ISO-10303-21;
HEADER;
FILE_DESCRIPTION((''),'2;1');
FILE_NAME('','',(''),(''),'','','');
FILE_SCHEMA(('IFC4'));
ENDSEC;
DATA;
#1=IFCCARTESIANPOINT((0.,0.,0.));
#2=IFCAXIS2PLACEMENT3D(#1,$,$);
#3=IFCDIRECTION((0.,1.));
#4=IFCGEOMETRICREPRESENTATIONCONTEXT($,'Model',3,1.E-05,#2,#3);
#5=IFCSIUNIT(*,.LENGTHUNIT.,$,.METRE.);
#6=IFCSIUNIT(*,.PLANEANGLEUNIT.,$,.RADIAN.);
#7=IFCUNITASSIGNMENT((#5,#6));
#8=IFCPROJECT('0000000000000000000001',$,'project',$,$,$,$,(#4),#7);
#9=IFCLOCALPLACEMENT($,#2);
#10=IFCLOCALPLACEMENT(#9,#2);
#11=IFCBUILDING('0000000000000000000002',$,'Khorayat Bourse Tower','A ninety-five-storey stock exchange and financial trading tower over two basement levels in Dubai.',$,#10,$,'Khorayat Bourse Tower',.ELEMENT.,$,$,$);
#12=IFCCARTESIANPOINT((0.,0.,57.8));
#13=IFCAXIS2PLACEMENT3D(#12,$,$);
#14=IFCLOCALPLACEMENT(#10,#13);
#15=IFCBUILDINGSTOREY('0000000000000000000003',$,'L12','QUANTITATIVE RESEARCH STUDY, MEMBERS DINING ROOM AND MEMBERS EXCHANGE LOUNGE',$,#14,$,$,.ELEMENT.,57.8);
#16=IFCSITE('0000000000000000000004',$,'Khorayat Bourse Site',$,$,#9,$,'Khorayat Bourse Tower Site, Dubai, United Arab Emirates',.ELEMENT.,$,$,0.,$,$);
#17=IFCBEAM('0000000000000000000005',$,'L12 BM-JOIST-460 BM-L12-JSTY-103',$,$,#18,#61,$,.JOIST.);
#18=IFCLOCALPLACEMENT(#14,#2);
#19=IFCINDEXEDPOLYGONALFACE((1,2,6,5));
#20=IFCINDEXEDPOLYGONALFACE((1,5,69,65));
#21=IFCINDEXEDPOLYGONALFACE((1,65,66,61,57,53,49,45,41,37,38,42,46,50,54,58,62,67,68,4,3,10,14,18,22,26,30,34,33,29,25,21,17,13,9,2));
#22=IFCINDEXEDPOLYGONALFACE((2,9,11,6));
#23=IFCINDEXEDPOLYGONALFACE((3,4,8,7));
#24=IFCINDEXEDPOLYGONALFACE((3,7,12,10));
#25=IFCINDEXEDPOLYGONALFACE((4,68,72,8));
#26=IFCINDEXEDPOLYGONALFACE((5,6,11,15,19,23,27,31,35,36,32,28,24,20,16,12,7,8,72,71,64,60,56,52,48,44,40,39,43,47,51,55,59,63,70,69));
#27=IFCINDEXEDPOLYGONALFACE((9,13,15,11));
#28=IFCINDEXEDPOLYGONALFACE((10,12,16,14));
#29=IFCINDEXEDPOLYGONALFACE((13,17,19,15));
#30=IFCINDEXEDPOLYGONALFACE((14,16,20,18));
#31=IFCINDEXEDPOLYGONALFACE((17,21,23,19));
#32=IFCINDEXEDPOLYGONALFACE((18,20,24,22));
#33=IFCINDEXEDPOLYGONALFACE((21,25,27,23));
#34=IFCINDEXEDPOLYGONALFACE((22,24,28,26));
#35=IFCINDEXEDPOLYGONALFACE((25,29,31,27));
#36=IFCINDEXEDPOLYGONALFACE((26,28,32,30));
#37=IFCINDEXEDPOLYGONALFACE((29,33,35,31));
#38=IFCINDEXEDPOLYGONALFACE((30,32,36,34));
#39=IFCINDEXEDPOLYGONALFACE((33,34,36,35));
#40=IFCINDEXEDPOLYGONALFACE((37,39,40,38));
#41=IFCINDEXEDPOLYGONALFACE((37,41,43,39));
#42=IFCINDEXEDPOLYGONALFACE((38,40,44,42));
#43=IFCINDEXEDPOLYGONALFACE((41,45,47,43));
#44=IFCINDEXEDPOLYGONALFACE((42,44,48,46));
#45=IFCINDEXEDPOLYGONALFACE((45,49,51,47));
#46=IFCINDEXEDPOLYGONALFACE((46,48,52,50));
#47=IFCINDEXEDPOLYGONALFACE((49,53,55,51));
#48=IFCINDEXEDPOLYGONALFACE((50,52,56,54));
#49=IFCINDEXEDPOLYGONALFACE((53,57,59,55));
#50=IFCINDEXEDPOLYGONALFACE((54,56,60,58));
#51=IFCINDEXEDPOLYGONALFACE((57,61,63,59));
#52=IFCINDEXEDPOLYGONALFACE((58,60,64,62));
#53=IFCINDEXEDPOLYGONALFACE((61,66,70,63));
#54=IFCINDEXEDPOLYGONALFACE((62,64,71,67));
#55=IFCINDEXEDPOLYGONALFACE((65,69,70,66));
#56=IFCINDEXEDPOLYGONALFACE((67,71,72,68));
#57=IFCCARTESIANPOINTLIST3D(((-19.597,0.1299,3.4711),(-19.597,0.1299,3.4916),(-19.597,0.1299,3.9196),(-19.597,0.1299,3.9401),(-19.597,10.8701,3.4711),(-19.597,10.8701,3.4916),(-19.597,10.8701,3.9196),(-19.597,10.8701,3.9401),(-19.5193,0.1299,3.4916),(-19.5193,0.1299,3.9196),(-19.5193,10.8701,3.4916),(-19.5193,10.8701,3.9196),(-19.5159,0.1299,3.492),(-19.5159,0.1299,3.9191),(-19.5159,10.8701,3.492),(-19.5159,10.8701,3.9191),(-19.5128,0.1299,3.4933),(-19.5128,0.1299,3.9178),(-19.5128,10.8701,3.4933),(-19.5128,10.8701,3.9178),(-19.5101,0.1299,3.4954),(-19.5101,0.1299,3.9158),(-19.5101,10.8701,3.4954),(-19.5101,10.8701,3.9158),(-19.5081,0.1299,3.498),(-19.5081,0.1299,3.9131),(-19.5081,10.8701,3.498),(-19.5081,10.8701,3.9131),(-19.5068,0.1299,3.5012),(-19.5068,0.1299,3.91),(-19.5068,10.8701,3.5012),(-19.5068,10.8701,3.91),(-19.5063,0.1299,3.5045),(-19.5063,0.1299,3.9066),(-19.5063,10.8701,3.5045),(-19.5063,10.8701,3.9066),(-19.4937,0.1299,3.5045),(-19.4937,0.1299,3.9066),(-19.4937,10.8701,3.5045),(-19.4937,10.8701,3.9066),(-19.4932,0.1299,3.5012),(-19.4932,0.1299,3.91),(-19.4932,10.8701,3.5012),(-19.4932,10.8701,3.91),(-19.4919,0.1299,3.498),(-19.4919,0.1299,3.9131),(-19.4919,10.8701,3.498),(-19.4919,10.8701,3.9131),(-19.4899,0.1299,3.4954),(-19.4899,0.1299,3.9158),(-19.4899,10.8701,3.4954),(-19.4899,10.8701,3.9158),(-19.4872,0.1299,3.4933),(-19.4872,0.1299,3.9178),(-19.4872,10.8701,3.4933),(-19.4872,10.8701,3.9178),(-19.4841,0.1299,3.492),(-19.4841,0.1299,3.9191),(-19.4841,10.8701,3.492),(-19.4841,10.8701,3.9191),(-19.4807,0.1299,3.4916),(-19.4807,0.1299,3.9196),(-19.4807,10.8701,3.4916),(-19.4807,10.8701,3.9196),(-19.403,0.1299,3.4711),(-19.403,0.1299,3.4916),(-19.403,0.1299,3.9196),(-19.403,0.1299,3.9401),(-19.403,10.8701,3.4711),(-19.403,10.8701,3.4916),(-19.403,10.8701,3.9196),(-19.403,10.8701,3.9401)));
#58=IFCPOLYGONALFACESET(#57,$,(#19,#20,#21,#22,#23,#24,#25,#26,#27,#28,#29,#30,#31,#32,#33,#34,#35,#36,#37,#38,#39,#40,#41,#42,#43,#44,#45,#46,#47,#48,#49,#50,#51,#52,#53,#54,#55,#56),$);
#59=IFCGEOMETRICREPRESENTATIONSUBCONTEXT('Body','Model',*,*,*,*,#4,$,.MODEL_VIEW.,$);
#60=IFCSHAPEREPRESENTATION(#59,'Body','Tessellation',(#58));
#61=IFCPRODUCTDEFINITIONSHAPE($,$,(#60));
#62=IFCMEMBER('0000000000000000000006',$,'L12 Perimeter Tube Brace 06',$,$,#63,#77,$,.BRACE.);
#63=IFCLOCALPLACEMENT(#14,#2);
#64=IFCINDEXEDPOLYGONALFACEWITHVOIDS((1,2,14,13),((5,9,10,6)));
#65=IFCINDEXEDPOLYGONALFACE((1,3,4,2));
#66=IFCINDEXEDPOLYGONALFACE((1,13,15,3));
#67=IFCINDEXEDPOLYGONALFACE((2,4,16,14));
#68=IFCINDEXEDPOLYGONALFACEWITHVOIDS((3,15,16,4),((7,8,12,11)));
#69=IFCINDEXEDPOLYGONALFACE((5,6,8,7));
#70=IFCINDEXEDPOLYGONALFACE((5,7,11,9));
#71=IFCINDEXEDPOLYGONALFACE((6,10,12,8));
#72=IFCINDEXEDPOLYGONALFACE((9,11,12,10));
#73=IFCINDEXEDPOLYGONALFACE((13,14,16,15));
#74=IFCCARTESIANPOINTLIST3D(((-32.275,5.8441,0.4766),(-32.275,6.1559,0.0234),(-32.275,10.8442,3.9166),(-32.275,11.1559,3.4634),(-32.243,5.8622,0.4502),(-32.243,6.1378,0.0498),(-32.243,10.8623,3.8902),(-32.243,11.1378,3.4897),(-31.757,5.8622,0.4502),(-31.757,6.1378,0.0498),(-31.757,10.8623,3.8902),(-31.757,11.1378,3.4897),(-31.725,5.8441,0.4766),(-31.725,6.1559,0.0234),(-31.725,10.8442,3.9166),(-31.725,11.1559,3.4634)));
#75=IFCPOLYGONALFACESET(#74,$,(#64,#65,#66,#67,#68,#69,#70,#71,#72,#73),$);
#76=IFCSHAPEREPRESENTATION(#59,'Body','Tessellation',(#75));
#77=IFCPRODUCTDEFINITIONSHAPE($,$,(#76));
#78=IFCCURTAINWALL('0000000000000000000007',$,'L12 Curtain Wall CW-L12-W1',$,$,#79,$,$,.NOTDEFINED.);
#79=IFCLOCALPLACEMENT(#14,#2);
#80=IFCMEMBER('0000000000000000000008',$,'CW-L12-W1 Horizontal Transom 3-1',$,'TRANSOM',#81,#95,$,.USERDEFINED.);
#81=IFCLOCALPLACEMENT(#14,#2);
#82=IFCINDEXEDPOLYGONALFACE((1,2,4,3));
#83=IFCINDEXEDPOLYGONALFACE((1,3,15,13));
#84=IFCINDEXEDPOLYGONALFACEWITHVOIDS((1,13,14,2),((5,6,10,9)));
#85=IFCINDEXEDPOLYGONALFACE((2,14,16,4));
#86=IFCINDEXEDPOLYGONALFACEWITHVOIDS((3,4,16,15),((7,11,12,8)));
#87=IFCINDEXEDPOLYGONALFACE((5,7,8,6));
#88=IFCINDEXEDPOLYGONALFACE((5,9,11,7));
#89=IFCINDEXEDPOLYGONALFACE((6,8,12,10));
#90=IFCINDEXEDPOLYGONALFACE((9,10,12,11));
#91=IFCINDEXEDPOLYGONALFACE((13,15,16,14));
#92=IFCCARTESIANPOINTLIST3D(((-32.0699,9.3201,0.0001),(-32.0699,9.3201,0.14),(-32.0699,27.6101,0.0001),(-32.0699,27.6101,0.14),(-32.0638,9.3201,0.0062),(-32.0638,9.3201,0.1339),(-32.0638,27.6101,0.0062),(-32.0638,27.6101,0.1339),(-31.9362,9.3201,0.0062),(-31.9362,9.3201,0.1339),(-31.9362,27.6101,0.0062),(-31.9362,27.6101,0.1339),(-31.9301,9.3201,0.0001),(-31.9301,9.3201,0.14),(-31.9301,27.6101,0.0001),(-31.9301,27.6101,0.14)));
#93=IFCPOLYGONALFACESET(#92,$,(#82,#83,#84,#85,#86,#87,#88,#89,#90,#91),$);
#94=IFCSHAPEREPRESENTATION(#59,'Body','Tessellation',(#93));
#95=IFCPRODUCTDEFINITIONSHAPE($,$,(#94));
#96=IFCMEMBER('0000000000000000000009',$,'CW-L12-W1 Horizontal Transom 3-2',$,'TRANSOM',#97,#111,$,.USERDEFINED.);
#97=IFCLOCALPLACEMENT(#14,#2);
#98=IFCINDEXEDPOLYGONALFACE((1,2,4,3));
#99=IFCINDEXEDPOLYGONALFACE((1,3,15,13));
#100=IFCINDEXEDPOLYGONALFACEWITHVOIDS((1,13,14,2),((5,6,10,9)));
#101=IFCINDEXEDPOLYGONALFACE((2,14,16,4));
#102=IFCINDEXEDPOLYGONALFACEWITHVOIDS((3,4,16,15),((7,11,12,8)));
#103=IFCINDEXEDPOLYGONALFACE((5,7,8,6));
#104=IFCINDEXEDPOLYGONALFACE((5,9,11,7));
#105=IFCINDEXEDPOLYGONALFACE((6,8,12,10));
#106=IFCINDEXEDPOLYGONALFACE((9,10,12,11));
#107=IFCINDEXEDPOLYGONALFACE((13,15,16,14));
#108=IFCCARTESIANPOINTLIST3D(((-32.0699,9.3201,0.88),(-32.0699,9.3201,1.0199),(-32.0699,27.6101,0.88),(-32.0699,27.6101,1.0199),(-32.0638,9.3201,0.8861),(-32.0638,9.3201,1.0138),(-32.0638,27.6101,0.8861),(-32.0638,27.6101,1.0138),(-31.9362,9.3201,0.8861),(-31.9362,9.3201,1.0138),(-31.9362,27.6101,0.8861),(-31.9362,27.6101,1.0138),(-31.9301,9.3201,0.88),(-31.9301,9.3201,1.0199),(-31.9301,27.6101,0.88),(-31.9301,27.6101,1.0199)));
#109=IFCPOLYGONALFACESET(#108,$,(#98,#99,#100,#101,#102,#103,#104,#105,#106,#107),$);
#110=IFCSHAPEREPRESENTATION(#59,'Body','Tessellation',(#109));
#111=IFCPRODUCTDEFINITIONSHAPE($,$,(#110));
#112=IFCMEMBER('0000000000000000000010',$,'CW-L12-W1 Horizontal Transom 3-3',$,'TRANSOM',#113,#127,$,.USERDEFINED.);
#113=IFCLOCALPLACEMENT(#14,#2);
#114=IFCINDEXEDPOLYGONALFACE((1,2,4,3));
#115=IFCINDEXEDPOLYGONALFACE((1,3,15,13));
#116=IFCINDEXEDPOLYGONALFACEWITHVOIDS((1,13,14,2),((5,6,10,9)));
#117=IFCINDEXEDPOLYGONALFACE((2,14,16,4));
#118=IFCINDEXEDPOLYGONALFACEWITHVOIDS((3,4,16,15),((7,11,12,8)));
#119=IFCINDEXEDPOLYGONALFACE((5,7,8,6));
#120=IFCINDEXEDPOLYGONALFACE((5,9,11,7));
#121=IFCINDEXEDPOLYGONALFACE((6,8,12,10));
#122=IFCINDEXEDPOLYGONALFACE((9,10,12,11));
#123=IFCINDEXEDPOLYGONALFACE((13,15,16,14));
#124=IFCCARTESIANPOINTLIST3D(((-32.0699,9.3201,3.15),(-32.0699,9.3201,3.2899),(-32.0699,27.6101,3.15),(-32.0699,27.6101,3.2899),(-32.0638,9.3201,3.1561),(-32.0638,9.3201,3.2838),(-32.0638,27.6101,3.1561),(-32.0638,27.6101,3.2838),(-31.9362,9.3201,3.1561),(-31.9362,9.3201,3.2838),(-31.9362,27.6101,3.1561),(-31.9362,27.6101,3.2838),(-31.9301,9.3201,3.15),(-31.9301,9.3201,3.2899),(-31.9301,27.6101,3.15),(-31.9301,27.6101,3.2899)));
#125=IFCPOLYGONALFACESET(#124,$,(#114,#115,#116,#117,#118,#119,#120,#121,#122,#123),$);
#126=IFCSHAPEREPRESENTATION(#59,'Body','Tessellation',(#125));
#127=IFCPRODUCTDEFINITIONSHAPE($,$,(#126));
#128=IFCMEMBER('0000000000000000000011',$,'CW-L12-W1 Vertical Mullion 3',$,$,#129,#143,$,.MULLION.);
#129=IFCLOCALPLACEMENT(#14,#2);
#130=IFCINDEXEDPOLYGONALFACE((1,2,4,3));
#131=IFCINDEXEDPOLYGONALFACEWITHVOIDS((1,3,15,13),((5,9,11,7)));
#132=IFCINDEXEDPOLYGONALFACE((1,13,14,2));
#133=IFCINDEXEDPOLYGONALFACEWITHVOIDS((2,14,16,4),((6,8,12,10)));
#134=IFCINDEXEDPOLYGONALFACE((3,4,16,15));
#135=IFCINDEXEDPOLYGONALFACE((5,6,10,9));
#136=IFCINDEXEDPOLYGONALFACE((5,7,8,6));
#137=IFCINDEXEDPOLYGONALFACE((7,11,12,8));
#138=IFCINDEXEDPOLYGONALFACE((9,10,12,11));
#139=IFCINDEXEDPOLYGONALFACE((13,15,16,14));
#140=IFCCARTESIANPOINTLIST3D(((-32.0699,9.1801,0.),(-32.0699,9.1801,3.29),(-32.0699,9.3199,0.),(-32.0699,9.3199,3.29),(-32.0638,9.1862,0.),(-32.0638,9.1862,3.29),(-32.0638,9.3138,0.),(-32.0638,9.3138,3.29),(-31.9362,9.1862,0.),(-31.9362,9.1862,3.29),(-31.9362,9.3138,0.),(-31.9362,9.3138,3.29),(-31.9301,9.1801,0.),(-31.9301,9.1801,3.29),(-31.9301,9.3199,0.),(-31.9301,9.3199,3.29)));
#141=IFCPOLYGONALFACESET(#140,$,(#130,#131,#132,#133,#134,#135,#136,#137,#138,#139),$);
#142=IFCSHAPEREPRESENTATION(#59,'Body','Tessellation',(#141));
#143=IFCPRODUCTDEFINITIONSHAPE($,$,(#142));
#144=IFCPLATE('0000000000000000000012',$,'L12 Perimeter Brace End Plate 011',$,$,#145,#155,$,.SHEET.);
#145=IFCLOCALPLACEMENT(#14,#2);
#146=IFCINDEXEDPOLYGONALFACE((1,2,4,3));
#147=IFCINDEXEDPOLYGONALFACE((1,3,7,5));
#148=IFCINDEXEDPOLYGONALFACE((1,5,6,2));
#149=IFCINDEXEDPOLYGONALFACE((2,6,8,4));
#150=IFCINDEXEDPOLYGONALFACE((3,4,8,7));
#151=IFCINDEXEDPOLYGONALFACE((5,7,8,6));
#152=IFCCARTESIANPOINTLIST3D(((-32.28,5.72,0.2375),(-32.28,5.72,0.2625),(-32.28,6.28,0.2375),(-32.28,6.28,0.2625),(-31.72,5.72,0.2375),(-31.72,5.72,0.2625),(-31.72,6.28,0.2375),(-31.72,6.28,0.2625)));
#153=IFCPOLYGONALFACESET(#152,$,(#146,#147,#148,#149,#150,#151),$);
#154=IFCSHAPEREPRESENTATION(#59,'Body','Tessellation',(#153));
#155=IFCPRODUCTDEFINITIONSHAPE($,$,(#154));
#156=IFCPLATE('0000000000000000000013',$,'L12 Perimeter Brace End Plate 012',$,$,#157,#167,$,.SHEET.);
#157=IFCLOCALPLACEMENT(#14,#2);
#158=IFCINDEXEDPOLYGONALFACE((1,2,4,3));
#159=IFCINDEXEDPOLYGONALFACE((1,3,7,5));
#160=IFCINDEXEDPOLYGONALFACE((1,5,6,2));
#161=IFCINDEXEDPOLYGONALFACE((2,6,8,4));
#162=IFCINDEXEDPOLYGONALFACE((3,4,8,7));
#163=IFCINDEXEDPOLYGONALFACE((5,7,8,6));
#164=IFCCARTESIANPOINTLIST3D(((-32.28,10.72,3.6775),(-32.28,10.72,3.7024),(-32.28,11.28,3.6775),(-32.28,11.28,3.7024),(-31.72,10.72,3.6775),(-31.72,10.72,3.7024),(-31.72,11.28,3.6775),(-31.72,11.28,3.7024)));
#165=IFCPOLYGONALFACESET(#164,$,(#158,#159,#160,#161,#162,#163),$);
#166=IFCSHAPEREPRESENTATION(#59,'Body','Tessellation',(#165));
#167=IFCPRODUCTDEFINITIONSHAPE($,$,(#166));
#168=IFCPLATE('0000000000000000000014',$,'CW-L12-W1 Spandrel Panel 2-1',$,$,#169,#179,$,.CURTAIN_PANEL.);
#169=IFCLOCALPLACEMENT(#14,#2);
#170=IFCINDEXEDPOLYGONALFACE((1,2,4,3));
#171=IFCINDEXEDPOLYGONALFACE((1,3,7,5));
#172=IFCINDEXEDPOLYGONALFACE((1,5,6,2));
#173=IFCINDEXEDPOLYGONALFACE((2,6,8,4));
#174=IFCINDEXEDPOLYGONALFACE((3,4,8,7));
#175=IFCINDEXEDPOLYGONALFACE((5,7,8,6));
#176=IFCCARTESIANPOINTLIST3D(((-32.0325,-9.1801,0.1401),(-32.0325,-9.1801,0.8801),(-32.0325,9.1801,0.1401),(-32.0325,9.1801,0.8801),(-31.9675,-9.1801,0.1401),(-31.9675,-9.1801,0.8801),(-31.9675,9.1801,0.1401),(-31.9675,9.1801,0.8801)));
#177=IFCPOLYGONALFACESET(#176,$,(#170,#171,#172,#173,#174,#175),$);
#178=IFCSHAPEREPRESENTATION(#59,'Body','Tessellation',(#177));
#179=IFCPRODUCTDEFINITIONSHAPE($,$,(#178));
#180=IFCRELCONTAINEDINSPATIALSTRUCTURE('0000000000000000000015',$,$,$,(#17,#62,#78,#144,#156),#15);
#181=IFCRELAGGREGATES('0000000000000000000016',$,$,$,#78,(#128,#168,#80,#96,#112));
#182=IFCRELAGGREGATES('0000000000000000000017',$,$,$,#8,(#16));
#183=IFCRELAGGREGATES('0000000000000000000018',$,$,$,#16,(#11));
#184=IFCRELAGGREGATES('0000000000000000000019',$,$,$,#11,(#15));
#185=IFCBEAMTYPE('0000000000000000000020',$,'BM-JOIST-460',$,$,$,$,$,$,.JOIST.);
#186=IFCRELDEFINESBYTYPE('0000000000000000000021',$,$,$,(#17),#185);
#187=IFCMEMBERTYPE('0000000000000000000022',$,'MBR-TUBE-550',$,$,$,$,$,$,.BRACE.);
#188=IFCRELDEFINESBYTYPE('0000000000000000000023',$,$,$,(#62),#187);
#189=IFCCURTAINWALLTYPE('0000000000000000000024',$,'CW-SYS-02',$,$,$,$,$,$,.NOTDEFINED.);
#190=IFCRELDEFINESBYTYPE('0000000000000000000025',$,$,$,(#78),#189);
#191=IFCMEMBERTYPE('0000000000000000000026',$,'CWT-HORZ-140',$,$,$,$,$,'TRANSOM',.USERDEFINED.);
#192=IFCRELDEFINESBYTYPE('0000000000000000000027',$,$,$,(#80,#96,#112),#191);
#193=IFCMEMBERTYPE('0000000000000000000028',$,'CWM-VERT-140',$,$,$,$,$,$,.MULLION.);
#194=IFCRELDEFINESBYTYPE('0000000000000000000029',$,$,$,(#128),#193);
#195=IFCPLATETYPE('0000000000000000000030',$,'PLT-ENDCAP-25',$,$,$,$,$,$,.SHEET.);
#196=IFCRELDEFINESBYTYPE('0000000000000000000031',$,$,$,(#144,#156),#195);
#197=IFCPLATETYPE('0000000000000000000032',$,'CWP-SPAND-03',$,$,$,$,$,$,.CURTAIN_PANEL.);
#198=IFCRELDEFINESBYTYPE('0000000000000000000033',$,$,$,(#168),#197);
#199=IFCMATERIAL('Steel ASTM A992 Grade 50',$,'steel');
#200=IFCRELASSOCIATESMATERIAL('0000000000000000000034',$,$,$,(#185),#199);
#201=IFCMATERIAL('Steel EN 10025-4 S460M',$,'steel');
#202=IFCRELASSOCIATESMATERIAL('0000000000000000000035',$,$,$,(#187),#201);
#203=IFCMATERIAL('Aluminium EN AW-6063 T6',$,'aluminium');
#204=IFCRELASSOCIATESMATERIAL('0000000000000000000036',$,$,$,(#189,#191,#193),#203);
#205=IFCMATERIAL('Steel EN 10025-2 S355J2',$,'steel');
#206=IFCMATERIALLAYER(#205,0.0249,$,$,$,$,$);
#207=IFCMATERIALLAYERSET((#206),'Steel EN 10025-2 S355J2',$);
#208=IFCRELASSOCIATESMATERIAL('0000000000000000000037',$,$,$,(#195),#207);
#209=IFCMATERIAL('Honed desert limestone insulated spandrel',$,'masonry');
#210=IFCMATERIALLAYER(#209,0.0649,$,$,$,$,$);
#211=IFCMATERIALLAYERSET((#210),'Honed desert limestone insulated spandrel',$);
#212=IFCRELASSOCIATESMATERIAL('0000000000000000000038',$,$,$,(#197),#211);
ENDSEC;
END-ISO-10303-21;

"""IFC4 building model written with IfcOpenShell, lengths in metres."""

from ifc_helpers import new_model, si_unit, direction, frame, origin, origin_2d, place, context, subcontext, project, spatial, rectangle, hollow_rectangle, i_section, extrude, source, transform, mapped, material, layer, layer_set, material_profile, profile_set, type_object, element, aggregate, save


model = new_model("IFC4")

# Units and contexts
model_context = context("Model", 3, precision=1e-05, world=origin(), true_north=direction((0.0, 1.0)))
body_context = subcontext(model_context, "Body", "Model", "MODEL_VIEW")
ifc_project = project(units=[si_unit("LENGTHUNIT", "METRE"), si_unit("PLANEANGLEUNIT", "RADIAN")], contexts=[model_context])

# Site, building, storey
site_placement = place(None, origin())
site = spatial("IfcSite", under=ifc_project, at=site_placement, Name="Khorayat Bourse Site", LongName="Khorayat Bourse Tower Site, Dubai, United Arab Emirates", CompositionType="ELEMENT", RefElevation=0.0)
building_placement = place(site_placement, origin())
building = spatial("IfcBuilding", under=site, at=building_placement, Name="Khorayat Bourse Tower", Description="A ninety-five-storey stock exchange and financial trading tower over two basement levels in Dubai.", LongName="Khorayat Bourse Tower", CompositionType="ELEMENT")
storey_placement = place(building_placement, frame((0.0, 0.0, 57.8)))
storey = spatial("IfcBuildingStorey", under=building, at=storey_placement, Name="L12", Description="QUANTITATIVE RESEARCH STUDY, MEMBERS DINING ROOM AND MEMBERS EXCHANGE LOUNGE", CompositionType="ELEMENT", Elevation=57.8)

# Shared definitions
ifc_material_1 = material(Name="Steel EN 10025-4 S460M", Category="steel")

# Beam
ifc_material_2 = material(Name="Steel ASTM A992 Grade 50", Category="steel")
ifc_material_profile_1 = material_profile(ifc_material_2, i_section(OverallWidth=0.1941, OverallDepth=0.469, WebThickness=0.0127, FlangeThickness=0.0205, FilletRadius=0.0129, at=origin_2d()), Name="W460X106")
ifc_profile_set_1 = profile_set([ifc_material_profile_1], Name="Steel ASTM A992 Grade 50")
beam_type_1 = type_object("IfcBeamType", Name="BM-JOIST-460", PredefinedType="JOIST", material=ifc_profile_set_1)
shared_shape_1 = source(origin(), body_context, "Body", "SweptSolid", [
    extrude(i_section(OverallWidth=0.1941, OverallDepth=0.469, WebThickness=0.0127, FlangeThickness=0.0205, FilletRadius=0.0129, at=origin_2d()), origin(), (0.0, 0.0, 1.0), 10.7402),
])
beam_1_placement = place(storey_placement, frame((-19.5, 0.1299, 3.7056), z_axis=(0.0, 1.0, 0.0), x_axis=(-1.0, 0.0, 0.0)))
element("IfcBeam", 1, at=beam_1_placement, inside=storey, type_object=beam_type_1, Name="L12 BM-JOIST-460 BM-L12-JSTY-103", PredefinedType="JOIST", context=body_context, shape_type="MappedRepresentation", body=[
    mapped(shared_shape_1, transform((0.0, 0.0, 0.0), scale=1.0)),
])

# Member
ifc_material_profile_2 = material_profile(ifc_material_1, hollow_rectangle(XDim=0.55, YDim=0.55, WallThickness=0.032, at=origin_2d()), Name="HSS 550x550x32")
ifc_profile_set_2 = profile_set([ifc_material_profile_2], Name="Steel EN 10025-4 S460M")
member_type_1 = type_object("IfcMemberType", Name="MBR-TUBE-550", PredefinedType="BRACE", material=ifc_profile_set_2)
shared_shape_2 = source(origin(), body_context, "Body", "SweptSolid", [
    extrude(hollow_rectangle(XDim=0.55, YDim=0.55, WallThickness=0.032, at=origin_2d()), origin(), (0.0, 0.0, 1.0), 6.0691),
])
member_1_placement = place(storey_placement, frame((-32.0, 6.0, 0.25), z_axis=(0.0, 0.823854, 0.566802), x_axis=(-1.0, 0.0, 0.0)))
element("IfcMember", 2, at=member_1_placement, inside=storey, type_object=member_type_1, Name="L12 Perimeter Tube Brace 06", PredefinedType="BRACE", context=body_context, shape_type="MappedRepresentation", body=[
    mapped(shared_shape_2, transform((0.0, 0.0, 0.0), scale=1.0)),
])

# Curtain wall, members
ifc_material_3 = material(Name="Aluminium EN AW-6063 T6", Category="aluminium")
curtain_wall_type = type_object("IfcCurtainWallType", Name="CW-SYS-02", PredefinedType="NOTDEFINED", material=ifc_material_3)
curtain_wall_placement = place(storey_placement, origin())
curtain_wall = element("IfcCurtainWall", 3, at=curtain_wall_placement, inside=storey, type_object=curtain_wall_type, Name="L12 Curtain Wall CW-L12-W1", PredefinedType="NOTDEFINED")
ifc_material_profile_3 = material_profile(ifc_material_3, hollow_rectangle(XDim=0.1399, YDim=0.1399, WallThickness=0.0061, at=origin_2d()), Name="ALU 140x140x6")
ifc_profile_set_3 = profile_set([ifc_material_profile_3], Name="Aluminium EN AW-6063 T6")
member_type_2 = type_object("IfcMemberType", Name="CWT-HORZ-140", ElementType="TRANSOM", PredefinedType="USERDEFINED", material=ifc_profile_set_3)
shared_shape_3 = source(origin(), body_context, "Body", "SweptSolid", [
    extrude(hollow_rectangle(XDim=0.1399, YDim=0.1399, WallThickness=0.0061, at=origin_2d()), origin(), (0.0, 0.0, 1.0), 18.29),
])
member_2_placement = place(storey_placement, frame((-32.0, 9.3201, 0.0701), z_axis=(0.0, 1.0, 0.0), x_axis=(-1.0, 0.0, 0.0)))
member_2 = element("IfcMember", 4, at=member_2_placement, type_object=member_type_2, Name="CW-L12-W1 Horizontal Transom 3-1", ObjectType="TRANSOM", PredefinedType="USERDEFINED", context=body_context, shape_type="MappedRepresentation", body=[
    mapped(shared_shape_3, transform((0.0, 0.0, 0.0), scale=1.0)),
])
member_3_placement = place(storey_placement, frame((-32.0, 9.3201, 0.95), z_axis=(0.0, 1.0, 0.0), x_axis=(-1.0, 0.0, 0.0)))
member_3 = element("IfcMember", 5, at=member_3_placement, type_object=member_type_2, Name="CW-L12-W1 Horizontal Transom 3-2", ObjectType="TRANSOM", PredefinedType="USERDEFINED", context=body_context, shape_type="MappedRepresentation", body=[
    mapped(shared_shape_3, transform((0.0, 0.0, 0.0), scale=1.0)),
])
member_4_placement = place(storey_placement, frame((-32.0, 9.3201, 3.22), z_axis=(0.0, 1.0, 0.0), x_axis=(-1.0, 0.0, 0.0)))
member_4 = element("IfcMember", 6, at=member_4_placement, type_object=member_type_2, Name="CW-L12-W1 Horizontal Transom 3-3", ObjectType="TRANSOM", PredefinedType="USERDEFINED", context=body_context, shape_type="MappedRepresentation", body=[
    mapped(shared_shape_3, transform((0.0, 0.0, 0.0), scale=1.0)),
])
ifc_material_profile_4 = material_profile(ifc_material_3, hollow_rectangle(XDim=0.1399, YDim=0.1399, WallThickness=0.0061, at=origin_2d()), Name="ALU 140x140x6")
ifc_profile_set_4 = profile_set([ifc_material_profile_4], Name="Aluminium EN AW-6063 T6")
member_type_3 = type_object("IfcMemberType", Name="CWM-VERT-140", PredefinedType="MULLION", material=ifc_profile_set_4)
shared_shape_4 = source(origin(), body_context, "Body", "SweptSolid", [
    extrude(hollow_rectangle(XDim=0.1399, YDim=0.1399, WallThickness=0.0061, at=origin_2d()), origin(), (0.0, 0.0, 1.0), 3.29),
])
member_5_placement = place(storey_placement, frame((-32.0, 9.25, 0.0), z_axis=(0.0, 0.0, 1.0), x_axis=(-1.0, 0.0, 0.0)))
member_5 = element("IfcMember", 7, at=member_5_placement, type_object=member_type_3, Name="CW-L12-W1 Vertical Mullion 3", PredefinedType="MULLION", context=body_context, shape_type="MappedRepresentation", body=[
    mapped(shared_shape_4, transform((0.0, 0.0, 0.0), scale=1.0)),
])

# Plates
ifc_material_4 = material(Name="Steel EN 10025-2 S355J2", Category="steel")
ifc_layer_1 = layer(ifc_material_4, 0.0249)
ifc_layer_set_1 = layer_set([ifc_layer_1], Name="Steel EN 10025-2 S355J2")
plate_type_1 = type_object("IfcPlateType", Name="PLT-ENDCAP-25", PredefinedType="SHEET", material=ifc_layer_set_1)
shared_shape_5 = source(origin(), body_context, "Body", "SweptSolid", [
    extrude(rectangle(XDim=0.5601, YDim=0.5601, at=origin_2d()), origin(), (0.0, 0.0, 1.0), 0.0249),
])
for number, where, z_axis, x_axis, name in (
    (8, (-32.0, 6.0, 0.2375), (0.0, 0.0, 1.0), (1.0, 0.0, 0.0), "L12 Perimeter Brace End Plate 011"),
    (9, (-32.0, 11.0, 3.6775), (0.0, 0.0, 1.0), (1.0, 0.0, 0.0), "L12 Perimeter Brace End Plate 012"),
):
    element("IfcPlate", number, at=place(storey_placement, frame(where, z_axis=z_axis, x_axis=x_axis)), inside=storey, type_object=plate_type_1, Name=name, PredefinedType="SHEET", context=body_context, shape_type="MappedRepresentation", body=[
        mapped(shared_shape_5, transform((0.0, 0.0, 0.0), scale=1.0)),
    ])

# Plate
ifc_material_5 = material(Name="Honed desert limestone insulated spandrel", Category="masonry")
ifc_layer_2 = layer(ifc_material_5, 0.0649)
ifc_layer_set_2 = layer_set([ifc_layer_2], Name="Honed desert limestone insulated spandrel")
plate_type_2 = type_object("IfcPlateType", Name="CWP-SPAND-03", PredefinedType="CURTAIN_PANEL", material=ifc_layer_set_2)
shared_shape_6 = source(origin(), body_context, "Body", "SweptSolid", [
    extrude(rectangle(XDim=18.3601, YDim=0.0649, at=origin_2d()), origin(), (0.0, 0.0, 1.0), 0.74),
])
plate_1_placement = place(storey_placement, frame((-32.0, 0.0, 0.1401), z_axis=(0.0, 0.0, 1.0), x_axis=(0.0, 1.0, 0.0)))
plate_1 = element("IfcPlate", 10, at=plate_1_placement, type_object=plate_type_2, Name="CW-L12-W1 Spandrel Panel 2-1", PredefinedType="CURTAIN_PANEL", context=body_context, shape_type="MappedRepresentation", body=[
    mapped(shared_shape_6, transform((0.0, 0.0, 0.0), scale=1.0)),
])
aggregate(curtain_wall, [member_5, plate_1, member_2, member_3, member_4])

save(model, "model.ifc")
